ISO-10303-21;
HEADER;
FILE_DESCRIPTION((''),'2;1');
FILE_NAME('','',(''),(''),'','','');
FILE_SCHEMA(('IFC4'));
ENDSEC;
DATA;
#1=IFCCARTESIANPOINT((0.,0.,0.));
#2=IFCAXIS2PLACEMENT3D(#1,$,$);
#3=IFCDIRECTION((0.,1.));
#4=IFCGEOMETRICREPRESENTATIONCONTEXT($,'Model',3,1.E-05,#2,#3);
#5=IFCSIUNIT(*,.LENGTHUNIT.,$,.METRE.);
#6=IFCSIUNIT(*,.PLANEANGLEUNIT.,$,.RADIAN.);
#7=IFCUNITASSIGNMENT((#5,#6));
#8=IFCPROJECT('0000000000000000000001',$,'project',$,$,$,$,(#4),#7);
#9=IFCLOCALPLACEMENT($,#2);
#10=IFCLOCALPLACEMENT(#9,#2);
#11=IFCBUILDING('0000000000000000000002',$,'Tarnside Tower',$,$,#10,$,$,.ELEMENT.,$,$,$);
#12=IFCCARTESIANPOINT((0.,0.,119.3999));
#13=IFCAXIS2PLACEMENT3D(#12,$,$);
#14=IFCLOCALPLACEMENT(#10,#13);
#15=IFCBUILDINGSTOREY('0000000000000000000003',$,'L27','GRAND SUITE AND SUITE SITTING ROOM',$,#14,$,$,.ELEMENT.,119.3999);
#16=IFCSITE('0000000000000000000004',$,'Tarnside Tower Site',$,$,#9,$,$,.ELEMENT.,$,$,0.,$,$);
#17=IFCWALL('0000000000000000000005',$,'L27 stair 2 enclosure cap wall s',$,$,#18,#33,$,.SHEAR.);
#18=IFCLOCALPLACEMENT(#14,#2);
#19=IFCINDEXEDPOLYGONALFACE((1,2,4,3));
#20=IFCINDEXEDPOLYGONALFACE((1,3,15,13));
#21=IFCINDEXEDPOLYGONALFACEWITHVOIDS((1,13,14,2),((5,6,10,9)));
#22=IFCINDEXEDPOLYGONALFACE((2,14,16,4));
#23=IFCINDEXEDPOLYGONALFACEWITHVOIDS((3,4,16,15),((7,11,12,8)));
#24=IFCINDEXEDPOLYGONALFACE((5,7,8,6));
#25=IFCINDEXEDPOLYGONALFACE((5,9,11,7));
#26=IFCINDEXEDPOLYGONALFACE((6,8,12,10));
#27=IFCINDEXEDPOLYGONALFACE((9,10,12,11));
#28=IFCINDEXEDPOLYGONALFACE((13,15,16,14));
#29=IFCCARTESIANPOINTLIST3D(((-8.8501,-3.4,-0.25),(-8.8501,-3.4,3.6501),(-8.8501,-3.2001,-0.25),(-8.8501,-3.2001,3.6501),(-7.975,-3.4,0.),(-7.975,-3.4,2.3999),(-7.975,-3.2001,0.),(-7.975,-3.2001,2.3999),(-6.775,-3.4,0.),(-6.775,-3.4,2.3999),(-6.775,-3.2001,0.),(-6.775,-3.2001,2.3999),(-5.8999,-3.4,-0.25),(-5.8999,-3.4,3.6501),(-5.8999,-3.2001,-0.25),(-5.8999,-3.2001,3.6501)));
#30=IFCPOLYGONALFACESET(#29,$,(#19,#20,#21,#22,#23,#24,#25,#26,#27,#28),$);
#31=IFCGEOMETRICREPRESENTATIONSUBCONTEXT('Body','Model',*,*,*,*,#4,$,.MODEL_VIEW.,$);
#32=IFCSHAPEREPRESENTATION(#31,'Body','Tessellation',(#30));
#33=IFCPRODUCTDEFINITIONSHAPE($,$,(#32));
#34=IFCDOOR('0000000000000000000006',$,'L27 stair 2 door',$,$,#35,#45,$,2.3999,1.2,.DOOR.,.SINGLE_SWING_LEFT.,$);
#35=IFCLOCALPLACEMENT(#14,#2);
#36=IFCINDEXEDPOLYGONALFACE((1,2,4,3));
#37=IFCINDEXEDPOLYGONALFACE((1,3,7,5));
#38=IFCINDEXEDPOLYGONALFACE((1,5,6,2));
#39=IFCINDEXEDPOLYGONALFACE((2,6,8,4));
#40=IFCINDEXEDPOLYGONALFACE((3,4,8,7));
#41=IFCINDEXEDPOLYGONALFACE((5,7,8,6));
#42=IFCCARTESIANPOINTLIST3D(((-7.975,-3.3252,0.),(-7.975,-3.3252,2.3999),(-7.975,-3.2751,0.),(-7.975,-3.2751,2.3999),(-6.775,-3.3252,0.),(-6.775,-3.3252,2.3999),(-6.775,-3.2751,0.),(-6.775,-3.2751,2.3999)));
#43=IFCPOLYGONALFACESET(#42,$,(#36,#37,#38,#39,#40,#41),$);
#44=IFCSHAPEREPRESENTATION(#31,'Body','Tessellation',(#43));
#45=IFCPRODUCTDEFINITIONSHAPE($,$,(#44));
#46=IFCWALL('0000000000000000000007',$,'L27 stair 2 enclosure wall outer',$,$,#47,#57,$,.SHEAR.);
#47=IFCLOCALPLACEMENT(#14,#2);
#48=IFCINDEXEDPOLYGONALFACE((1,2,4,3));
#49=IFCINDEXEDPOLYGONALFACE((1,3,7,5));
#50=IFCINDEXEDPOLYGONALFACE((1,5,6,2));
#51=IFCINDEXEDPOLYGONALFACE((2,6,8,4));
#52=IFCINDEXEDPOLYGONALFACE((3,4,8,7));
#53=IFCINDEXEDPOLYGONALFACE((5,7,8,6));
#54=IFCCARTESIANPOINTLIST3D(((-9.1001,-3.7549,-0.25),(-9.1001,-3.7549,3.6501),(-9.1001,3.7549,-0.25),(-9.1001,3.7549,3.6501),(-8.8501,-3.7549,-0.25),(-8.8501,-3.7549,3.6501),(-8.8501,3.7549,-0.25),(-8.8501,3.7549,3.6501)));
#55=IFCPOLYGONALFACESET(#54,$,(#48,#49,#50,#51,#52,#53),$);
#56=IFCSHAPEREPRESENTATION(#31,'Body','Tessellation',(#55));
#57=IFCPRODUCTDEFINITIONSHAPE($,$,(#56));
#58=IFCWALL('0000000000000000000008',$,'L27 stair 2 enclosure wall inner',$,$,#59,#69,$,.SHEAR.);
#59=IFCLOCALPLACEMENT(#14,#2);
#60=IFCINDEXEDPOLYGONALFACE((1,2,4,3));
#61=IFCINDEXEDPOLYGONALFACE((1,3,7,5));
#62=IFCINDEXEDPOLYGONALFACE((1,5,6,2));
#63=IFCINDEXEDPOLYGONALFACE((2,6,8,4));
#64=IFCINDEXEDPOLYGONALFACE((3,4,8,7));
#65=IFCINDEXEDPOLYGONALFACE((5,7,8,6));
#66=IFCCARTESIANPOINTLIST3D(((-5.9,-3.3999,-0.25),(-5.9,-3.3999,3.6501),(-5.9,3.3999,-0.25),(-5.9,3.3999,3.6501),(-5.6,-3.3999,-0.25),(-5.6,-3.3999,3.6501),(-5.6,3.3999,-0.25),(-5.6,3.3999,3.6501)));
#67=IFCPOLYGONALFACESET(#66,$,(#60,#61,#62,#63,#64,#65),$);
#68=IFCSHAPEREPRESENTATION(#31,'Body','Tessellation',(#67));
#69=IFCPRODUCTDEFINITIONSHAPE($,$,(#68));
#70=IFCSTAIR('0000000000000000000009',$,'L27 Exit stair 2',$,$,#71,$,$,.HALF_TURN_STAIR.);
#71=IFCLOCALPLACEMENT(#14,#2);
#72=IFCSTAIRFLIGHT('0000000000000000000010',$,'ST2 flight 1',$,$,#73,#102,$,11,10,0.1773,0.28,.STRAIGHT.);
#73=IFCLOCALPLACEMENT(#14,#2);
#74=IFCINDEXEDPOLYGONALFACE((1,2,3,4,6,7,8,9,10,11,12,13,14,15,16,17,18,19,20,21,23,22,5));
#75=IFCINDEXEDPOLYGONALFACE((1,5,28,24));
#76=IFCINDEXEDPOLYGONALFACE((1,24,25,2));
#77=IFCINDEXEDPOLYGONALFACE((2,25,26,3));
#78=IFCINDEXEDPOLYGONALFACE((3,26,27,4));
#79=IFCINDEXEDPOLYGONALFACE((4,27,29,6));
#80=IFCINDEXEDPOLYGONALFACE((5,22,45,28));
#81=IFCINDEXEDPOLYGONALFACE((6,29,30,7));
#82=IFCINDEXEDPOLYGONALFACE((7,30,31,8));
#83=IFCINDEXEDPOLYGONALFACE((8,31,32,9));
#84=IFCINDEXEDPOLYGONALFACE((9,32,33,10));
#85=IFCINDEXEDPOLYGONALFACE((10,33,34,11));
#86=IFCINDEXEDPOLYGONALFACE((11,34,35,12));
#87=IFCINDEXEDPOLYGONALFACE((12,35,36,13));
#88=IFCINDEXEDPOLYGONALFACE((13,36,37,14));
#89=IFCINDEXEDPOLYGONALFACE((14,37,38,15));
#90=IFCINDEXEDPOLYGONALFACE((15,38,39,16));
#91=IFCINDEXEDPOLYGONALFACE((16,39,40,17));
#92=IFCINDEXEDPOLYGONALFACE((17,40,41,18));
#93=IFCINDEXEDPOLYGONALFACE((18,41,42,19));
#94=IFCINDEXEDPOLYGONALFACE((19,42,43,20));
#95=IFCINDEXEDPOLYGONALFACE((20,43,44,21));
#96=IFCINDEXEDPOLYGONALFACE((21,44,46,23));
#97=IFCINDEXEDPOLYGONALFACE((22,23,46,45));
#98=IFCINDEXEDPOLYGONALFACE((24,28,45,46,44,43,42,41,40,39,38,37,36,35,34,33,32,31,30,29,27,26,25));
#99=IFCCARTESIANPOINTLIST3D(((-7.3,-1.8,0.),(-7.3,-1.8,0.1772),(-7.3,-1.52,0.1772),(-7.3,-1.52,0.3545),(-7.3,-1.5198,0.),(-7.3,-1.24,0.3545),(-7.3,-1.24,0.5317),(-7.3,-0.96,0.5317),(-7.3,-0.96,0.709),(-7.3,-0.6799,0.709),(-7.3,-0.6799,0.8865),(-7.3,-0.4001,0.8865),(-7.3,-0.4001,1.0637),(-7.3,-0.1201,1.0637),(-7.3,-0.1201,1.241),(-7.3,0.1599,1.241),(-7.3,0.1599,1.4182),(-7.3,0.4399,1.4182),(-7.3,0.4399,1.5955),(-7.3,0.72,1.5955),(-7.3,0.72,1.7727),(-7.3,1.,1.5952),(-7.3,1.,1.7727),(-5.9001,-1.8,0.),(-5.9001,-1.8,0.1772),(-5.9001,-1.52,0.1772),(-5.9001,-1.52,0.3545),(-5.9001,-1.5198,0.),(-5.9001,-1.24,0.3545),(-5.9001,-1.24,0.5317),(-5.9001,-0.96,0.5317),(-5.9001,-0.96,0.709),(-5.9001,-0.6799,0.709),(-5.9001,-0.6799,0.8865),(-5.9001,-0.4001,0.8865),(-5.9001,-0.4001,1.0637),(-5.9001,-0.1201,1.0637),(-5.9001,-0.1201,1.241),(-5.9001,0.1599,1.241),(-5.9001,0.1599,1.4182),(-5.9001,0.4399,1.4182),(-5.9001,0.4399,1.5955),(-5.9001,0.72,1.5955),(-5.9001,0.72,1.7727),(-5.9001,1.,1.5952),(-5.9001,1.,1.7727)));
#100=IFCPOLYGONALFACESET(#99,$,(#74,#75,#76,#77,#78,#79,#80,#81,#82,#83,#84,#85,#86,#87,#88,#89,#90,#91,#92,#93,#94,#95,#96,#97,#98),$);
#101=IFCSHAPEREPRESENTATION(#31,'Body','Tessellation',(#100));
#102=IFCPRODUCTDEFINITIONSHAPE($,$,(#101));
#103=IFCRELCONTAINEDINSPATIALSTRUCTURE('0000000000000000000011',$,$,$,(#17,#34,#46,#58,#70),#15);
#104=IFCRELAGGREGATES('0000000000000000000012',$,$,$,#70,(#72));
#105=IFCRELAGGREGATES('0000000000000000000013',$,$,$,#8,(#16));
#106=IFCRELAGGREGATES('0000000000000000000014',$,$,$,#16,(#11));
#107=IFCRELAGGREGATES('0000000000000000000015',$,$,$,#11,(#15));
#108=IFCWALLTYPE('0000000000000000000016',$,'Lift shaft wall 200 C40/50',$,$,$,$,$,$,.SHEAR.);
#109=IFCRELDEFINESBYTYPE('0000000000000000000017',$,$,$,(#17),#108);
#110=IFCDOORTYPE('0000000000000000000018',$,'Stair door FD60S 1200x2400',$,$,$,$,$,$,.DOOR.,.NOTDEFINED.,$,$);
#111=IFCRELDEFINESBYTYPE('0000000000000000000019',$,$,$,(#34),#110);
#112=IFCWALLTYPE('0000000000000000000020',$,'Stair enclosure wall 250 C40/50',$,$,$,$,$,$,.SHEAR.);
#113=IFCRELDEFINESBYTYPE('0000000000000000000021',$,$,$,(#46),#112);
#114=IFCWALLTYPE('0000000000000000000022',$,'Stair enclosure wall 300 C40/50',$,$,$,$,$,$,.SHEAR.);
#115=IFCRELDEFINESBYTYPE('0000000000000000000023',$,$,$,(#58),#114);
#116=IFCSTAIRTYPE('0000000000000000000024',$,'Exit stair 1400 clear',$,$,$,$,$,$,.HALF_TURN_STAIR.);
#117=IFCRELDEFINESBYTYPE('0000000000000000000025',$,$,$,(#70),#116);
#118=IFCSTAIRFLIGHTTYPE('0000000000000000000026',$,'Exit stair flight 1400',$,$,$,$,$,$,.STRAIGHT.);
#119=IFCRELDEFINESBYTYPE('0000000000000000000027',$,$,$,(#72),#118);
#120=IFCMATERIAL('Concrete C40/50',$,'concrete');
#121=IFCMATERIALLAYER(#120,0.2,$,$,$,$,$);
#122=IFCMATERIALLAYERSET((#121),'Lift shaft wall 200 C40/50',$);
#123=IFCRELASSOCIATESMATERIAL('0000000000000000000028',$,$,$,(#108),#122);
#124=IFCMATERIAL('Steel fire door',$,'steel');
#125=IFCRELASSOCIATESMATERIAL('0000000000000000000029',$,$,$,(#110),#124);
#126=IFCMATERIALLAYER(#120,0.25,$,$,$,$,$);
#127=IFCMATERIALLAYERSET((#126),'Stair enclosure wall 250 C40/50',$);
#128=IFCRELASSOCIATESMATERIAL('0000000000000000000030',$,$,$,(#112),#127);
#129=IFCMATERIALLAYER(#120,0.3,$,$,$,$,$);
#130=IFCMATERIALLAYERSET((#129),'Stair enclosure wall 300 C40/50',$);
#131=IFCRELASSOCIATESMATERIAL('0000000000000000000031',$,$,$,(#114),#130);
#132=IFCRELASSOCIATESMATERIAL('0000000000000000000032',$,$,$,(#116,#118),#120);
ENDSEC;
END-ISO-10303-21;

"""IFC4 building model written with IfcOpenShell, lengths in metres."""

from ifc_helpers import new_model, si_unit, direction, frame, frame_2d, origin, place, context, subcontext, project, spatial, polyline, rectangle, outline, extrude, material, layer, layer_set, type_object, element, fill, aggregate, save


model = new_model("IFC4")

# Units and contexts
model_context = context("Model", 3, precision=1e-05, world=origin(), true_north=direction((0.0, 1.0)))
body_context = subcontext(model_context, "Body", "Model", "MODEL_VIEW")
ifc_project = project(units=[si_unit("LENGTHUNIT", "METRE"), si_unit("PLANEANGLEUNIT", "RADIAN")], contexts=[model_context])

# Site, building, storey
site_placement = place(None, origin())
site = spatial("IfcSite", under=ifc_project, at=site_placement, Name="Tarnside Tower Site", CompositionType="ELEMENT", RefElevation=0.0)
building_placement = place(site_placement, origin())
building = spatial("IfcBuilding", under=site, at=building_placement, Name="Tarnside Tower", CompositionType="ELEMENT")
storey_placement = place(building_placement, frame((0.0, 0.0, 119.3999)))
storey = spatial("IfcBuildingStorey", under=building, at=storey_placement, Name="L27", Description="GRAND SUITE AND SUITE SITTING ROOM", CompositionType="ELEMENT", Elevation=119.3999)

# Shared definitions
ifc_material_1 = material(Name="Steel fire door", Category="steel")

# Shared definitions
ifc_material_2 = material(Name="Concrete C40/50", Category="concrete")

# Shared definitions
ifc_layer_1 = layer(ifc_material_2, 0.2)
ifc_layer_set_1 = layer_set([ifc_layer_1], Name="Lift shaft wall 200 C40/50")
wall_type_1 = type_object("IfcWallType", Name="Lift shaft wall 200 C40/50", PredefinedType="SHEAR", material=ifc_layer_set_1)

# Wall, opening, door
wall_1_placement = place(storey_placement, frame((-8.8501, -3.3, -0.25), z_axis=(0.0, 0.0, 1.0), x_axis=(1.0, 0.0, 0.0)))
wall_1 = element("IfcWall", 1, at=wall_1_placement, inside=storey, type_object=wall_type_1, Name="L27 stair 2 enclosure cap wall s", PredefinedType="SHEAR", context=body_context, shape_type="SweptSolid", body=[
    extrude(rectangle(XDim=2.9502, YDim=0.2, at=frame_2d((1.4751, 0.0))), origin(), (0.0, 0.0, 1.0), 3.9001),
])
opening_1_placement = place(wall_1_placement, frame((0.875, 0.0, 0.25)))
opening_1 = element("IfcOpeningElement", 2, at=opening_1_placement, cuts=wall_1, PredefinedType="OPENING", context=body_context, shape_type="SweptSolid", body=[
    extrude(rectangle(XDim=1.2, YDim=2.3999, at=frame_2d((0.6001, 1.2))), frame((0.0, 0.1099, 0.0), z_axis=(0.0, -1.0, 0.0), x_axis=(1.0, 0.0, 0.0)), (0.0, 0.0, 1.0), 0.22),
])
door_type_1 = type_object("IfcDoorType", Name="Stair door FD60S 1200x2400", OperationType="NOTDEFINED", PredefinedType="DOOR", material=ifc_material_1)
door_1_placement = place(opening_1_placement, origin())
door_1 = element("IfcDoor", 3, at=door_1_placement, inside=storey, type_object=door_type_1, Name="L27 stair 2 door", OperationType="SINGLE_SWING_LEFT", OverallHeight=2.3999, OverallWidth=1.2, PredefinedType="DOOR", context=body_context, shape_type="SweptSolid", body=[
    extrude(rectangle(XDim=1.2, YDim=2.3999, at=frame_2d((0.6001, 1.2))), frame((0.0, 0.0249, 0.0), z_axis=(0.0, -1.0, 0.0), x_axis=(1.0, 0.0, 0.0)), (0.0, 0.0, 1.0), 0.05),
])
fill(opening_1, door_1)

# Walls
ifc_layer_2 = layer(ifc_material_2, 0.25)
ifc_layer_set_2 = layer_set([ifc_layer_2], Name="Stair enclosure wall 250 C40/50")
wall_type_2 = type_object("IfcWallType", Name="Stair enclosure wall 250 C40/50", PredefinedType="SHEAR", material=ifc_layer_set_2)
wall_2_placement = place(storey_placement, frame((-8.9751, -3.7549, -0.25), z_axis=(0.0, 0.0, 1.0), x_axis=(0.0, 1.0, 0.0)))
element("IfcWall", 4, at=wall_2_placement, inside=storey, type_object=wall_type_2, Name="L27 stair 2 enclosure wall outer", PredefinedType="SHEAR", context=body_context, shape_type="SweptSolid", body=[
    extrude(rectangle(XDim=7.5098, YDim=0.25, at=frame_2d((3.7549, 0.0))), origin(), (0.0, 0.0, 1.0), 3.9001),
])
ifc_layer_3 = layer(ifc_material_2, 0.3)
ifc_layer_set_3 = layer_set([ifc_layer_3], Name="Stair enclosure wall 300 C40/50")
wall_type_3 = type_object("IfcWallType", Name="Stair enclosure wall 300 C40/50", PredefinedType="SHEAR", material=ifc_layer_set_3)
wall_3_placement = place(storey_placement, frame((-5.75, -3.3999, -0.25), z_axis=(0.0, 0.0, 1.0), x_axis=(0.0, 1.0, 0.0)))
element("IfcWall", 5, at=wall_3_placement, inside=storey, type_object=wall_type_3, Name="L27 stair 2 enclosure wall inner", PredefinedType="SHEAR", context=body_context, shape_type="SweptSolid", body=[
    extrude(rectangle(XDim=6.7998, YDim=0.3, at=frame_2d((3.3999, 0.0))), origin(), (0.0, 0.0, 1.0), 3.9001),
])

# Stair, stair flight
stair_type = type_object("IfcStairType", Name="Exit stair 1400 clear", PredefinedType="HALF_TURN_STAIR", material=ifc_material_2)
stair_placement = place(storey_placement, origin())
stair = element("IfcStair", 6, at=stair_placement, inside=storey, type_object=stair_type, Name="L27 Exit stair 2", PredefinedType="HALF_TURN_STAIR")
stair_flight_type = type_object("IfcStairFlightType", Name="Exit stair flight 1400", PredefinedType="STRAIGHT", material=ifc_material_2)
stair_flight_placement = place(storey_placement, frame((-6.6001, -1.8, 0.0), z_axis=(0.0, 0.0, 1.0), x_axis=(0.0, 1.0, 0.0)))
stair_flight = element("IfcStairFlight", 7, at=stair_flight_placement, type_object=stair_flight_type, Name="ST2 flight 1", NumberOfRisers=11, NumberOfTreads=10, PredefinedType="STRAIGHT", RiserHeight=0.1773, TreadLength=0.28, context=body_context, shape_type="SweptSolid", body=[
    extrude(outline(polyline([(0.0, 0.0), (0.0, 0.1772), (0.28, 0.1772), (0.28, 0.3545), (0.5601, 0.3545), (0.5601, 0.5317), (0.8401, 0.5317), (0.8401, 0.709), (1.1201, 0.709), (1.1201, 0.8865), (1.3999, 0.8865), (1.3999, 1.0637), (1.6799, 1.0637), (1.6799, 1.241), (1.96, 1.241), (1.96, 1.4182), (2.24, 1.4182), (2.24, 1.5955), (2.52, 1.5955), (2.52, 1.7727), (2.8, 1.7727), (2.8, 1.95), (2.8, 1.5952), (0.2803, 0.0), (0.0, 0.0)])), frame((0.0, 0.7, 0.0), z_axis=(0.0, -1.0, 0.0), x_axis=(1.0, 0.0, 0.0)), (0.0, 0.0, 1.0), 1.3999),
])
aggregate(stair, [stair_flight])

save(model, "model.ifc")
